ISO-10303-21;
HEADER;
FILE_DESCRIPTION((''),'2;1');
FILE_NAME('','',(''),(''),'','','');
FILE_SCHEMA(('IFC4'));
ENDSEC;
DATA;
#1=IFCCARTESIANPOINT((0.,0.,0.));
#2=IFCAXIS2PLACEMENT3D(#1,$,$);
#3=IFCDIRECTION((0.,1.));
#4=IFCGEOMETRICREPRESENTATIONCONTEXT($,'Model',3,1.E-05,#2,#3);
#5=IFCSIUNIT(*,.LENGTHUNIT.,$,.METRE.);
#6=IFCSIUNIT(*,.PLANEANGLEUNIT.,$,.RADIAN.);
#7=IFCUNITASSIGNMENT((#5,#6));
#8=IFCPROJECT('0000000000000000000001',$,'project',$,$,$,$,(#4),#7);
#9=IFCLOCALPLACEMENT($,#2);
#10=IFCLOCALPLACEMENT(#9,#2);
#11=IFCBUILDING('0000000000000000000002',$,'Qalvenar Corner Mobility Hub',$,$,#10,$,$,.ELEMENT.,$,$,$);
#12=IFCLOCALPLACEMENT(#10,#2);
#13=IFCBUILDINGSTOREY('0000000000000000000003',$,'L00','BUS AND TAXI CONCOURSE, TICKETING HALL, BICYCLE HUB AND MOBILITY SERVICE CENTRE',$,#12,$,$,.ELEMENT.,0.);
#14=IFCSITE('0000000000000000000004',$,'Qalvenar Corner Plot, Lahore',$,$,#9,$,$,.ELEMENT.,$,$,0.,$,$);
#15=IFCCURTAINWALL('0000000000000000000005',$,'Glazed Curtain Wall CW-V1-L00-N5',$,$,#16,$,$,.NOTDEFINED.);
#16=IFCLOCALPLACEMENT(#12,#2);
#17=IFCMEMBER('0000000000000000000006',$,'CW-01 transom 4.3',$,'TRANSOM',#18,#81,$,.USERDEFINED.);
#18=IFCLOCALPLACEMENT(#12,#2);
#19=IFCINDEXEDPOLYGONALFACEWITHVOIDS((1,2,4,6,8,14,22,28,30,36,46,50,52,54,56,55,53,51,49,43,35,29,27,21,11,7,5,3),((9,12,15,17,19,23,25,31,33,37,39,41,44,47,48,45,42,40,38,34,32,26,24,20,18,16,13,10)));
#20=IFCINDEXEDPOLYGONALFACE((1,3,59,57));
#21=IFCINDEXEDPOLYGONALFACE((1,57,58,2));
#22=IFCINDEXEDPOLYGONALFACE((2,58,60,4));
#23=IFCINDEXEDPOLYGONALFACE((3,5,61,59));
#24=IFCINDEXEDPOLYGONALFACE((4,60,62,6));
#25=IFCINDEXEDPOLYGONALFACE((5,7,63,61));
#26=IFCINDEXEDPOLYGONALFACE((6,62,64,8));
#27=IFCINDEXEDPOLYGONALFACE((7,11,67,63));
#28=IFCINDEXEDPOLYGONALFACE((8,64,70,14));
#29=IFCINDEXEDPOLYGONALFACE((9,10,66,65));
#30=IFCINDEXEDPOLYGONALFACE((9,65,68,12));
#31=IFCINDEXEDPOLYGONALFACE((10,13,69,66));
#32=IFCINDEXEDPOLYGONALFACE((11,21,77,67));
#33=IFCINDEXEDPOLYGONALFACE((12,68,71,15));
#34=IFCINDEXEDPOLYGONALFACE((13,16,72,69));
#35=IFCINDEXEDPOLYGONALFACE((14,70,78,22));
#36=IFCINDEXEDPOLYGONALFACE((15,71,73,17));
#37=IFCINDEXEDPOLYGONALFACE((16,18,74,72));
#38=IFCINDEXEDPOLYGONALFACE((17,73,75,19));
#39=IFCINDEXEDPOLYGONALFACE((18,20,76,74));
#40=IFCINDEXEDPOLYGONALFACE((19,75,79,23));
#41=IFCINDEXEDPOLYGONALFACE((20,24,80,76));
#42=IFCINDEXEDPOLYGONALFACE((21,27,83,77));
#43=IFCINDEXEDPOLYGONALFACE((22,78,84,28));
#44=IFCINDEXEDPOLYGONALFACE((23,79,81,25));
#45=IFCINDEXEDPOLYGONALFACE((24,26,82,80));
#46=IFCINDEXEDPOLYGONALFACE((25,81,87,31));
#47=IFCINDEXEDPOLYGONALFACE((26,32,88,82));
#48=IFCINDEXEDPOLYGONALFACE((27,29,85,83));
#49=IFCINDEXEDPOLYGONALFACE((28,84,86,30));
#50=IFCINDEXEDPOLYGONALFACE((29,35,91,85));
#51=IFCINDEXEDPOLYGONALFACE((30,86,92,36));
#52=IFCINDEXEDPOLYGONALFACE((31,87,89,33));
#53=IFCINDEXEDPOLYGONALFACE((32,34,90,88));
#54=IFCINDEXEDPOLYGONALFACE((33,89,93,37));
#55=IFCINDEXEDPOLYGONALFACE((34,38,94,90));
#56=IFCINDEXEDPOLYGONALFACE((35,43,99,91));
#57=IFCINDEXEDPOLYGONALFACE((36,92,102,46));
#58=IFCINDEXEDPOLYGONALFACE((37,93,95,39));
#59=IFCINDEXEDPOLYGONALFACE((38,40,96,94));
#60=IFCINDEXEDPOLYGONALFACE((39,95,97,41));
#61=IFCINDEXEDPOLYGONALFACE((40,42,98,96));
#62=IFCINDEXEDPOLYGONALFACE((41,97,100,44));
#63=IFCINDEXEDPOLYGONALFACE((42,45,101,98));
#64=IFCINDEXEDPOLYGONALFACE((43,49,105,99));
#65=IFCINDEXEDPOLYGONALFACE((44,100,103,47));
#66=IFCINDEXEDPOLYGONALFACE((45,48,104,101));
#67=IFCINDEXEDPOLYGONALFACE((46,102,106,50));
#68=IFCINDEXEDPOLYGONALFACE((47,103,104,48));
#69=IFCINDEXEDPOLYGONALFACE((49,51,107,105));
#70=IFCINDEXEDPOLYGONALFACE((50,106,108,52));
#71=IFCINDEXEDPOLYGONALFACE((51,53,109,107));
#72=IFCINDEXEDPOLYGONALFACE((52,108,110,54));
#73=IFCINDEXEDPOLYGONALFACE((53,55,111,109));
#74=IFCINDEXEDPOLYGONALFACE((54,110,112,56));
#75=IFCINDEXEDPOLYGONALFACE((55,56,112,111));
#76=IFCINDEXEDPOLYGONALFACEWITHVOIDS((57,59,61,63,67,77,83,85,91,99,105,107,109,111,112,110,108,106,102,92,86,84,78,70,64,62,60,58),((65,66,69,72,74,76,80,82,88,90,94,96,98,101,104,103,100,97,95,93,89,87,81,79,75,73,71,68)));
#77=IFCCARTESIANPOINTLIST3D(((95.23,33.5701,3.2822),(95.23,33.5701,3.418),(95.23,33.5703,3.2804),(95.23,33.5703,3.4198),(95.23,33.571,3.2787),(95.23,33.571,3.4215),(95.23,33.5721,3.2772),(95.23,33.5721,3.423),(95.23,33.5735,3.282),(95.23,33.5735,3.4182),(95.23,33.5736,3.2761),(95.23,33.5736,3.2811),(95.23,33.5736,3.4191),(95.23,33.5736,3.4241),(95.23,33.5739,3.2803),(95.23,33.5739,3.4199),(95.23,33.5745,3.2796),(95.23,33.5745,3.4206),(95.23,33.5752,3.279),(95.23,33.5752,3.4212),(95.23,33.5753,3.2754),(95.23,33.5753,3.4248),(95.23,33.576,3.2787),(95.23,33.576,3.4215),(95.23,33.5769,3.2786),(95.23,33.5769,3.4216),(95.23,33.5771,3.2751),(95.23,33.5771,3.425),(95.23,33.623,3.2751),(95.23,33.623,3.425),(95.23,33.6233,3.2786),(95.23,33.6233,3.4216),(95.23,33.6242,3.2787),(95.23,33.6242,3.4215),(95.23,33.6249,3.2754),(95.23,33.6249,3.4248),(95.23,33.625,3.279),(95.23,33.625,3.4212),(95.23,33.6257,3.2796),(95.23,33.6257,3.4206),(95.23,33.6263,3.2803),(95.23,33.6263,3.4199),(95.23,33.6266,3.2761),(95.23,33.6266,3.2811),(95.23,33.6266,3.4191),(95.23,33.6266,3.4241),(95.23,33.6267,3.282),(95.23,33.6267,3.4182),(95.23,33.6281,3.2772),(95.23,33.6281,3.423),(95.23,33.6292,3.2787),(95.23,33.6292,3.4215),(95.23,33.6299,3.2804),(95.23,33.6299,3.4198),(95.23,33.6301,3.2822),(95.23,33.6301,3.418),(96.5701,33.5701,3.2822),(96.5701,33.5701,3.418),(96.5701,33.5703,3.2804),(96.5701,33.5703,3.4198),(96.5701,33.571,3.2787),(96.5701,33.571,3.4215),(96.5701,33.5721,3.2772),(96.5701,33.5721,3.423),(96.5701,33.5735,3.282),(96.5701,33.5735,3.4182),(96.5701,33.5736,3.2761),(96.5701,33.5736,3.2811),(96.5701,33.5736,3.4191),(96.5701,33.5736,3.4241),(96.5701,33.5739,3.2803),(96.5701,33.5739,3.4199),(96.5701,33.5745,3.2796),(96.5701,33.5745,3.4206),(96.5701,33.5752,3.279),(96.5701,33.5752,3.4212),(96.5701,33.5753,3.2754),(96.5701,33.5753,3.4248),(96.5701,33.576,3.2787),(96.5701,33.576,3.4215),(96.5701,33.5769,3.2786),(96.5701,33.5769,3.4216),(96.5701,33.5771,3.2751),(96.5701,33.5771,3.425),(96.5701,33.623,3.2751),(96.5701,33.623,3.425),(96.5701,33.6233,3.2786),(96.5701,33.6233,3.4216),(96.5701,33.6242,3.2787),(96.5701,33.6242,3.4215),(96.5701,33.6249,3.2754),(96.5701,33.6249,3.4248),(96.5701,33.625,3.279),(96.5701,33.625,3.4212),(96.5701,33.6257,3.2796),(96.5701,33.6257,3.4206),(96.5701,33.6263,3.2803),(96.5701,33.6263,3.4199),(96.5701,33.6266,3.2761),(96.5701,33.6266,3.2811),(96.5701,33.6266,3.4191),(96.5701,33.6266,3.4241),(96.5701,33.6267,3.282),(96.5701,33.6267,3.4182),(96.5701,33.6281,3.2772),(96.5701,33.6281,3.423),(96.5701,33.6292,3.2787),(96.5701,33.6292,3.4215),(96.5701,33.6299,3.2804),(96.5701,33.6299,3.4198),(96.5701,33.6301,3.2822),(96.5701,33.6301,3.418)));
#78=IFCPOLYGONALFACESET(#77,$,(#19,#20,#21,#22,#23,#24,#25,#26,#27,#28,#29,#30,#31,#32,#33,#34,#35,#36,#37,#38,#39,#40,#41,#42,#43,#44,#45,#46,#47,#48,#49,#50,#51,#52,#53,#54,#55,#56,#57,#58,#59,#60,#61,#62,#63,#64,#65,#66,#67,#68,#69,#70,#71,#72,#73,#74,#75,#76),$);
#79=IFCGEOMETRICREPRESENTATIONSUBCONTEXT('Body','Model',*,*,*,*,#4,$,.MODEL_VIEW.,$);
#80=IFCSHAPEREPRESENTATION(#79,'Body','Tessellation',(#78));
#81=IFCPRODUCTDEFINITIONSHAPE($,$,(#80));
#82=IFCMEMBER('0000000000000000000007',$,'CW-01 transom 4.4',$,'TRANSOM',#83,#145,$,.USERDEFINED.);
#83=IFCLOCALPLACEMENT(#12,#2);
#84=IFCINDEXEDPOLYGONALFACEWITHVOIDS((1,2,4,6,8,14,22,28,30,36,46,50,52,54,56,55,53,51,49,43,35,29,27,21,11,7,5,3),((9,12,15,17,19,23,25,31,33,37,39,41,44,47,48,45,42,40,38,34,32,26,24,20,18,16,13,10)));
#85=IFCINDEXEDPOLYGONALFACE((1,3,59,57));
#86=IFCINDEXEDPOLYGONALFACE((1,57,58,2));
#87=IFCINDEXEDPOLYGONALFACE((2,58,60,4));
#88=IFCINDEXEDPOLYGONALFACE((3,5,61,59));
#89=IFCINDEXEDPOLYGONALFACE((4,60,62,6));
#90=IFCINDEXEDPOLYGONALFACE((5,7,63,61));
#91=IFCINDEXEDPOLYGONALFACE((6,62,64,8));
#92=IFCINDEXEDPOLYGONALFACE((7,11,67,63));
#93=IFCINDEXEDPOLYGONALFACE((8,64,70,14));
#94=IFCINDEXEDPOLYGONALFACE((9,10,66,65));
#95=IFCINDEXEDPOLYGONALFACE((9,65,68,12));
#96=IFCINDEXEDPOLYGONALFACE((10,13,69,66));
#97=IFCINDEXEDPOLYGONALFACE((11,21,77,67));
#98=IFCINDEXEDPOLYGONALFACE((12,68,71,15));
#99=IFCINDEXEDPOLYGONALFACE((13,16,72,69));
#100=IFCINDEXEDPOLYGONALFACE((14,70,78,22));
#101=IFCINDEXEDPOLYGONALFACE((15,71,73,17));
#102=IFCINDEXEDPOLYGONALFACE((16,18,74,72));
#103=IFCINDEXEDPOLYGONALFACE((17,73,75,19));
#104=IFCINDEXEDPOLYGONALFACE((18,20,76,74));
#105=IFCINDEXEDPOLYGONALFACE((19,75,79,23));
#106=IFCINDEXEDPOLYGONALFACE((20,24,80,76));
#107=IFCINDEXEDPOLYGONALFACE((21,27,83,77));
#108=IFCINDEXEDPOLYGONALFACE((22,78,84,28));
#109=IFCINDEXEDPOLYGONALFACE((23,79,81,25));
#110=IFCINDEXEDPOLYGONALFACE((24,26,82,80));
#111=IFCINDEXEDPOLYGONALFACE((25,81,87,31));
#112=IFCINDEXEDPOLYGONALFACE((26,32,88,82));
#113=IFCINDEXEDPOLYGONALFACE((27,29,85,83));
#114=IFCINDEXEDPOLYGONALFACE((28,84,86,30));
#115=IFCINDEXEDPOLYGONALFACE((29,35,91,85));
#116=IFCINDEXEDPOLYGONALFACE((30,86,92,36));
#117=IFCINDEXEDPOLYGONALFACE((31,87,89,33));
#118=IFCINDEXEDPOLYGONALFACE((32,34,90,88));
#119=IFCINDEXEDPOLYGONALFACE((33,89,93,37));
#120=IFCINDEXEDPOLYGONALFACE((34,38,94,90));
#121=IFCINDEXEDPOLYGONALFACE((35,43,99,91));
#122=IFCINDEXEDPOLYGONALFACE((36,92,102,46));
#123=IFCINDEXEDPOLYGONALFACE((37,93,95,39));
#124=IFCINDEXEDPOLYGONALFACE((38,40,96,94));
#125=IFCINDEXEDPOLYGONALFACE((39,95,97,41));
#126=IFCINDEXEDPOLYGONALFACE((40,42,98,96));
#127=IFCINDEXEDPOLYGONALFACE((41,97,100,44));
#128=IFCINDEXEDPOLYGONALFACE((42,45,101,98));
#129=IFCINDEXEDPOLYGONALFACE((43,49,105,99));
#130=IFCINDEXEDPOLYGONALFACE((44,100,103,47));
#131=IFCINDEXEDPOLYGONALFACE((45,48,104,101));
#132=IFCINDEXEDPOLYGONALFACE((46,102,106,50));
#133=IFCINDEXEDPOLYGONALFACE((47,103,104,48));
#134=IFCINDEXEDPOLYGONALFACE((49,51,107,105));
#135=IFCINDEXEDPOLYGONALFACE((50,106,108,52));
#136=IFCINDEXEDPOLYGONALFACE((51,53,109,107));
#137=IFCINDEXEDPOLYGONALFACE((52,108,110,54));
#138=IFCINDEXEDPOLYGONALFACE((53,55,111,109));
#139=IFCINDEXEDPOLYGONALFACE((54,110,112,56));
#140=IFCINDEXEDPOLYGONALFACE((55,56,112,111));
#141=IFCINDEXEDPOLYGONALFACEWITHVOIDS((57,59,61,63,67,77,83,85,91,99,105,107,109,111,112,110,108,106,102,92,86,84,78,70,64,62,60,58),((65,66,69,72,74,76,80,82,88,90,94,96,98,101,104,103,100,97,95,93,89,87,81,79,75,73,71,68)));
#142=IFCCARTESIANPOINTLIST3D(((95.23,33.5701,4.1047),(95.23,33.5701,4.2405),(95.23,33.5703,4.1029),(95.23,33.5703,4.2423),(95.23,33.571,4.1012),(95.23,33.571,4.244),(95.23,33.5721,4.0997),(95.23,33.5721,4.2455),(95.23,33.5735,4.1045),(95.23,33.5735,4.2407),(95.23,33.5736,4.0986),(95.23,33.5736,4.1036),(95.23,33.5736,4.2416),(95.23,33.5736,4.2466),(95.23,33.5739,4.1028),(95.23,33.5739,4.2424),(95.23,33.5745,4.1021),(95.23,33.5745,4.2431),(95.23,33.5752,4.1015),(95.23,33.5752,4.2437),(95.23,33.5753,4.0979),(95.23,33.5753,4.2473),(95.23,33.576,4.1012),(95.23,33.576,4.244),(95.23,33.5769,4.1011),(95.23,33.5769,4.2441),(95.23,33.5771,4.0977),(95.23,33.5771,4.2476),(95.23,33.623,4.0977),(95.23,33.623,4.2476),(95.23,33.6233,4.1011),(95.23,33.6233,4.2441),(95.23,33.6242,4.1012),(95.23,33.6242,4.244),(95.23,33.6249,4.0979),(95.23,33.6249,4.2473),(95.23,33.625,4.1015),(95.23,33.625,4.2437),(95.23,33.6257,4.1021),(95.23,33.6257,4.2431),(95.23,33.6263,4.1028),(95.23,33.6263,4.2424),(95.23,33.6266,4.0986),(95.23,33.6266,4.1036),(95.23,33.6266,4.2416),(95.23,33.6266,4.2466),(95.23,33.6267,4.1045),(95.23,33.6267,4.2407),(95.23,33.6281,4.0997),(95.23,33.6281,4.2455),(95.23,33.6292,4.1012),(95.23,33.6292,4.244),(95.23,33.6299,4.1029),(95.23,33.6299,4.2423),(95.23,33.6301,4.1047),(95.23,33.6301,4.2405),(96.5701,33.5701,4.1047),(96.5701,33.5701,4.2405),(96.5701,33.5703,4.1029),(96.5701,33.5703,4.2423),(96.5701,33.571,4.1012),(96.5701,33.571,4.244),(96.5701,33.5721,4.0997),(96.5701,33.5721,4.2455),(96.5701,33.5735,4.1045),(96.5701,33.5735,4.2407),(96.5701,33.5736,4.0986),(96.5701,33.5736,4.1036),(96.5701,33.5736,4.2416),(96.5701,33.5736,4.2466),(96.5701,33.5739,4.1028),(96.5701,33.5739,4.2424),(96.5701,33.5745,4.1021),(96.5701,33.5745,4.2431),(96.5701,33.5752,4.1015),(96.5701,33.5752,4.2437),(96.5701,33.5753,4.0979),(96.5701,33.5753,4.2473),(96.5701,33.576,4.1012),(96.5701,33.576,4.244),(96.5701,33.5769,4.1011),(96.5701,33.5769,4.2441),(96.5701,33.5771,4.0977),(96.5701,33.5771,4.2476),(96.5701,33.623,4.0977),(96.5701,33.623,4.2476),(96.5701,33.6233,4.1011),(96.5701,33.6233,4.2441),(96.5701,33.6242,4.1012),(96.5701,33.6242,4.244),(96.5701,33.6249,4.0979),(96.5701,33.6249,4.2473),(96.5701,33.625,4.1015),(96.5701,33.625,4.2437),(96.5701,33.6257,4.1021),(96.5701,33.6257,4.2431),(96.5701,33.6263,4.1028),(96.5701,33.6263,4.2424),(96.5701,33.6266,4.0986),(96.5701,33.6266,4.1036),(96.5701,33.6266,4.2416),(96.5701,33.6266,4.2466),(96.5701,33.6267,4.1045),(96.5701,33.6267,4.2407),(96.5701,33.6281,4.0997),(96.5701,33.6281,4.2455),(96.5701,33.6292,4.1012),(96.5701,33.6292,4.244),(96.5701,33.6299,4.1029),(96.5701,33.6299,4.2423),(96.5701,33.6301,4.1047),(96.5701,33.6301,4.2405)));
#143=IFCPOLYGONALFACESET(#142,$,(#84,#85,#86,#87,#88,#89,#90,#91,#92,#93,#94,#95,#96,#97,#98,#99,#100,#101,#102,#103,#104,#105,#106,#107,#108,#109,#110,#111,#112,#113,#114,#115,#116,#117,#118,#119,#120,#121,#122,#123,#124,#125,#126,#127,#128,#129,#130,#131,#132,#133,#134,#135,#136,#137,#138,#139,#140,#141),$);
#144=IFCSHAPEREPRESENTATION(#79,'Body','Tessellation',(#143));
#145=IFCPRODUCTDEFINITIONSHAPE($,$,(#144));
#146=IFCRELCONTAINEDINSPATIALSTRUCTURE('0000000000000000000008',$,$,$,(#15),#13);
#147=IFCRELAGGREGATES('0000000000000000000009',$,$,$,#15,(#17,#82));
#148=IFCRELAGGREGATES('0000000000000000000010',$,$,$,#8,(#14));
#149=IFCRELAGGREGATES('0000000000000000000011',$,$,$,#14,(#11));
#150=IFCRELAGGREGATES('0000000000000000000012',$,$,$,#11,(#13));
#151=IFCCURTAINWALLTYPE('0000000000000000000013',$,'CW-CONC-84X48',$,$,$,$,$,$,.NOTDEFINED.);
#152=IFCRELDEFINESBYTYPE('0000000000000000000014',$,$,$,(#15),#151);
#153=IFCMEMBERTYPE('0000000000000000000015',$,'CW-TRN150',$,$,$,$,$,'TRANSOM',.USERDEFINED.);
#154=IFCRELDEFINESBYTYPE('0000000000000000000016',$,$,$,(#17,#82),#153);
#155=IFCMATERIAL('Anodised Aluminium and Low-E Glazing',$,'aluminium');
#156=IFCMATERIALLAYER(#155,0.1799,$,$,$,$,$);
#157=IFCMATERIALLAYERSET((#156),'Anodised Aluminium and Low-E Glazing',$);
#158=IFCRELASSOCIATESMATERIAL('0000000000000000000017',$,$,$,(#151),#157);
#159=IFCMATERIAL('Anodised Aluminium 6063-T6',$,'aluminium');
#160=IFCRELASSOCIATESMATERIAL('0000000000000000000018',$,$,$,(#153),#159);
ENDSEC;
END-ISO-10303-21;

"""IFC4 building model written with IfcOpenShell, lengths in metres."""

from ifc_helpers import new_model, si_unit, direction, frame, origin, origin_2d, place, context, subcontext, project, spatial, hollow_rectangle, extrude, material, layer, layer_set, material_profile, profile_set, type_object, element, aggregate, save


model = new_model("IFC4")

# Units and contexts
model_context = context("Model", 3, precision=1e-05, world=origin(), true_north=direction((0.0, 1.0)))
body_context = subcontext(model_context, "Body", "Model", "MODEL_VIEW")
ifc_project = project(units=[si_unit("LENGTHUNIT", "METRE"), si_unit("PLANEANGLEUNIT", "RADIAN")], contexts=[model_context])

# Site, building, storey
site_placement = place(None, origin())
site = spatial("IfcSite", under=ifc_project, at=site_placement, Name="Qalvenar Corner Plot, Lahore", CompositionType="ELEMENT", RefElevation=0.0)
building_placement = place(site_placement, origin())
building = spatial("IfcBuilding", under=site, at=building_placement, Name="Qalvenar Corner Mobility Hub", CompositionType="ELEMENT")
storey_placement = place(building_placement, origin())
storey = spatial("IfcBuildingStorey", under=building, at=storey_placement, Name="L00", Description="BUS AND TAXI CONCOURSE, TICKETING HALL, BICYCLE HUB AND MOBILITY SERVICE CENTRE", CompositionType="ELEMENT", Elevation=0.0)

# Curtain wall, members
ifc_material_1 = material(Name="Anodised Aluminium and Low-E Glazing", Category="aluminium")
ifc_layer_1 = layer(ifc_material_1, 0.1799)
ifc_layer_set_1 = layer_set([ifc_layer_1], Name="Anodised Aluminium and Low-E Glazing")
curtain_wall_type = type_object("IfcCurtainWallType", Name="CW-CONC-84X48", PredefinedType="NOTDEFINED", material=ifc_layer_set_1)
curtain_wall_placement = place(storey_placement, origin())
curtain_wall = element("IfcCurtainWall", 1, at=curtain_wall_placement, inside=storey, type_object=curtain_wall_type, Name="Glazed Curtain Wall CW-V1-L00-N5", PredefinedType="NOTDEFINED")
ifc_material_2 = material(Name="Anodised Aluminium 6063-T6", Category="aluminium")
ifc_material_profile_1 = material_profile(ifc_material_2, hollow_rectangle(XDim=0.0601, YDim=0.1499, WallThickness=0.0034, InnerFilletRadius=0.0034, OuterFilletRadius=0.0071, at=origin_2d()), Name="RHS150x60x3.5")
ifc_profile_set_1 = profile_set([ifc_material_profile_1], Name="Anodised Aluminium 6063-T6")
member_type_1 = type_object("IfcMemberType", Name="CW-TRN150", ElementType="TRANSOM", PredefinedType="USERDEFINED", material=ifc_profile_set_1)
member_1_placement = place(storey_placement, frame((96.5701, 33.6001, 3.3501), z_axis=(-1.0, 0.0, 0.0), x_axis=(0.0, -1.0, 0.0)))
member_1 = element("IfcMember", 2, at=member_1_placement, type_object=member_type_1, Name="CW-01 transom 4.3", ObjectType="TRANSOM", PredefinedType="USERDEFINED", context=body_context, shape_type="SweptSolid", body=[
    extrude(hollow_rectangle(XDim=0.0601, YDim=0.1499, WallThickness=0.0034, InnerFilletRadius=0.0034, OuterFilletRadius=0.0071, at=origin_2d()), origin(), (0.0, 0.0, 1.0), 1.3401),
])
member_2_placement = place(storey_placement, frame((96.5701, 33.6001, 4.1726), z_axis=(-1.0, 0.0, 0.0), x_axis=(0.0, -1.0, 0.0)))
member_2 = element("IfcMember", 3, at=member_2_placement, type_object=member_type_1, Name="CW-01 transom 4.4", ObjectType="TRANSOM", PredefinedType="USERDEFINED", context=body_context, shape_type="SweptSolid", body=[
    extrude(hollow_rectangle(XDim=0.0601, YDim=0.1499, WallThickness=0.0034, InnerFilletRadius=0.0034, OuterFilletRadius=0.0071, at=origin_2d()), origin(), (0.0, 0.0, 1.0), 1.3401),
])
aggregate(curtain_wall, [member_1, member_2])

save(model, "model.ifc")
